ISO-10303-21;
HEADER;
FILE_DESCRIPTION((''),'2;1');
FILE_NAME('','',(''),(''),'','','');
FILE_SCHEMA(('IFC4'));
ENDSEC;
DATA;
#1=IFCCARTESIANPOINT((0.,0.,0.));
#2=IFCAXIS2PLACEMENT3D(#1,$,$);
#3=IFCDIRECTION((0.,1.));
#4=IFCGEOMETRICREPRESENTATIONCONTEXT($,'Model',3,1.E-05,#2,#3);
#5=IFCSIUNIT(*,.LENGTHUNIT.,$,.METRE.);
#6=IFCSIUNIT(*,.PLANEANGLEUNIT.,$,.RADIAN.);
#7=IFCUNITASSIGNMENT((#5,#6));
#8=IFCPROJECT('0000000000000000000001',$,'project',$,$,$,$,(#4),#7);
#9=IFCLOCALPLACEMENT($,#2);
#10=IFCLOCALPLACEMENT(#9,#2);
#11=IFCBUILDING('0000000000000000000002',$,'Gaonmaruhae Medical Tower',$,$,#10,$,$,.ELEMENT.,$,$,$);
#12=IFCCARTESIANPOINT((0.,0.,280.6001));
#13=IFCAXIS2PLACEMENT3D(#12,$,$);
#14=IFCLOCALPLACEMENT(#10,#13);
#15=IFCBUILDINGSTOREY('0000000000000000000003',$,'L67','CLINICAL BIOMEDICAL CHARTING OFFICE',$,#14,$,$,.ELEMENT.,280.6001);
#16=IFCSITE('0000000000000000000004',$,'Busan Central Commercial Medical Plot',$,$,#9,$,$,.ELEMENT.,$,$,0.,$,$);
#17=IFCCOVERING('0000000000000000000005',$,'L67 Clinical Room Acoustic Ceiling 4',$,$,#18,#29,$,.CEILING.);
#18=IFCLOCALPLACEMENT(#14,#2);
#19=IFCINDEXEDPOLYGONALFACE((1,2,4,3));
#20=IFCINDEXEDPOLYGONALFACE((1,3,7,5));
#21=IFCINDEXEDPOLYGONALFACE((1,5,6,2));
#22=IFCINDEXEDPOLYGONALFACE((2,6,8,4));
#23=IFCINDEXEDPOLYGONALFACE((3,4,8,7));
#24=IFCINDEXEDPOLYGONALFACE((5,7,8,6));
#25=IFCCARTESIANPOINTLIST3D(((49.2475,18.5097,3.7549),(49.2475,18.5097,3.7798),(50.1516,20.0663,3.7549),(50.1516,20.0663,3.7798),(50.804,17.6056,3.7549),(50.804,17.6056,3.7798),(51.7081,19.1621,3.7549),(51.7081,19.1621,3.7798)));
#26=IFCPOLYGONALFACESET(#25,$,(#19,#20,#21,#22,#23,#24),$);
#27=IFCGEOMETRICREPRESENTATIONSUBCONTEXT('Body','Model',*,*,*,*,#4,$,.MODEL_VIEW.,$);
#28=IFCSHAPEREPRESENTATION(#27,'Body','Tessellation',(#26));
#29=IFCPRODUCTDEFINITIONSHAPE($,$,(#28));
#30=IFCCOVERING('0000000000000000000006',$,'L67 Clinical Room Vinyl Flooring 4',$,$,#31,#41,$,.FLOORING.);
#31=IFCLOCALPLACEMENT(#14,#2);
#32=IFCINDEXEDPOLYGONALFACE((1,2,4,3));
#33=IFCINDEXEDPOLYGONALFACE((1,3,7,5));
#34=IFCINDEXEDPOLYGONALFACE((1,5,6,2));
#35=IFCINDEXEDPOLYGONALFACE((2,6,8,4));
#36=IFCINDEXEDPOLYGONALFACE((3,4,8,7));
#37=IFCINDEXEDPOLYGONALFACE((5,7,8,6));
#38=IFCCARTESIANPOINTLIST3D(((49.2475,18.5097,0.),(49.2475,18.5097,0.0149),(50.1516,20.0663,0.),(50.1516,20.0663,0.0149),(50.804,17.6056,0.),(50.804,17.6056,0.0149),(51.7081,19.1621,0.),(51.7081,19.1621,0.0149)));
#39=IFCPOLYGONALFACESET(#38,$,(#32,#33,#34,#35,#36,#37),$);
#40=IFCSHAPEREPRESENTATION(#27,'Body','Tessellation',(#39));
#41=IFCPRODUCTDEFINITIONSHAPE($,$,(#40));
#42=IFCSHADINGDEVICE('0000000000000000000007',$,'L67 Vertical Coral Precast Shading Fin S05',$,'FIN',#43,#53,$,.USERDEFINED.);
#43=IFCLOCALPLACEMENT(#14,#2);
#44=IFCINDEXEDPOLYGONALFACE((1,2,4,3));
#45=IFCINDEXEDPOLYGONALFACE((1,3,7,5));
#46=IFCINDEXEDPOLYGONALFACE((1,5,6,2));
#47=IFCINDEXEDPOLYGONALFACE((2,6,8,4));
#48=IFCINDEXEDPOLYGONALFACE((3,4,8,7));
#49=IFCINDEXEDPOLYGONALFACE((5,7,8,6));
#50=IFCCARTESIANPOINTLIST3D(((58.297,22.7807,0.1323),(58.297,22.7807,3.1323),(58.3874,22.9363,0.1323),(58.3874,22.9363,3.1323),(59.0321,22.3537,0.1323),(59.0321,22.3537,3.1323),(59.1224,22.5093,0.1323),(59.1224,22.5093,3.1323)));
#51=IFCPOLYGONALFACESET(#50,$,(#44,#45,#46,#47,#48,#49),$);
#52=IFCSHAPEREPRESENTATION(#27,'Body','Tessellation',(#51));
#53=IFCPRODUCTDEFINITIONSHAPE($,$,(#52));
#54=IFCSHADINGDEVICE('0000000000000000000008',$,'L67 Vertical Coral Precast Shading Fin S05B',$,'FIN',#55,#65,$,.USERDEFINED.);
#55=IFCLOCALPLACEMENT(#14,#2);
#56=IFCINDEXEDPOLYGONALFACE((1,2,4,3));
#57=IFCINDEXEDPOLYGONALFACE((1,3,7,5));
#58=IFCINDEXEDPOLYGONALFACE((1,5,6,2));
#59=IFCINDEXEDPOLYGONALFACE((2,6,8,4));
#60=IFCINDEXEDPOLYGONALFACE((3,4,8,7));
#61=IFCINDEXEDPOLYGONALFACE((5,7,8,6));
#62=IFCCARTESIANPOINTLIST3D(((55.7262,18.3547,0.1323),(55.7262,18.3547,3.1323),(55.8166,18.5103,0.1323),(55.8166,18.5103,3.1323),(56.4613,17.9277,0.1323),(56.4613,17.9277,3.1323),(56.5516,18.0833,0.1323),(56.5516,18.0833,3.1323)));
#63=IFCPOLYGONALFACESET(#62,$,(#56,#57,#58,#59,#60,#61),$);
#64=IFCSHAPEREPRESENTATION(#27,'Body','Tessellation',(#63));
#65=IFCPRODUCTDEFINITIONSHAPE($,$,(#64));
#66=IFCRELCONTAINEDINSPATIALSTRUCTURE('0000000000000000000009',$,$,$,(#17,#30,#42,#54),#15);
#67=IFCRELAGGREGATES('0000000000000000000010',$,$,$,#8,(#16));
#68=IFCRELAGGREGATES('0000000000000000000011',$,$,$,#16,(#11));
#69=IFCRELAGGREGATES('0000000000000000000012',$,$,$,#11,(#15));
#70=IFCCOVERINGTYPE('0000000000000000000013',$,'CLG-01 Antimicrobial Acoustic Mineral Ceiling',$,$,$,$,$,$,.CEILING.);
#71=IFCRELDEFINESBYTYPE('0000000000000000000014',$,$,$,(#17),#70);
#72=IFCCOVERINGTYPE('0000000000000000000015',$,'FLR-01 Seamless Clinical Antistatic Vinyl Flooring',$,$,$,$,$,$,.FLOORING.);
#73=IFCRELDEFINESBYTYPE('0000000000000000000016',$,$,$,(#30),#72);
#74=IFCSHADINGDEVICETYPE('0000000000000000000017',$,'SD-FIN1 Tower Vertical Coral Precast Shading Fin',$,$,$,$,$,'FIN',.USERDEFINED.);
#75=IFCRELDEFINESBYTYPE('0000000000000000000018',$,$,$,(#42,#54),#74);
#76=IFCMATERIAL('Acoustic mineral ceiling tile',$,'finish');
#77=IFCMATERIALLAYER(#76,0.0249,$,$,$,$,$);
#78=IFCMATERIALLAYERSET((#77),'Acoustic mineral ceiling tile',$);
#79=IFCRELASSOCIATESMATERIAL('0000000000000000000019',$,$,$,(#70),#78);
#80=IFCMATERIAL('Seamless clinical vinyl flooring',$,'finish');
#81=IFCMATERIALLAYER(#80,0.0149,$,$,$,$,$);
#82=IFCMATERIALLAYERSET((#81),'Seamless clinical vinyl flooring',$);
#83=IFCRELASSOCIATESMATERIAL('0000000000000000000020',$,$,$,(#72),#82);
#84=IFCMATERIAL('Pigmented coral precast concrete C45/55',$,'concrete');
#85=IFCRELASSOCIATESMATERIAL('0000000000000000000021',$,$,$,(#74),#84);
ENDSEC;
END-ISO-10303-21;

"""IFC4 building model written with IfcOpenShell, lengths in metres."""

from ifc_helpers import new_model, si_unit, direction, frame, origin, origin_2d, place, context, subcontext, project, spatial, rectangle, extrude, material, layer, layer_set, type_object, element, save


model = new_model("IFC4")

# Units and contexts
model_context = context("Model", 3, precision=1e-05, world=origin(), true_north=direction((0.0, 1.0)))
body_context = subcontext(model_context, "Body", "Model", "MODEL_VIEW")
ifc_project = project(units=[si_unit("LENGTHUNIT", "METRE"), si_unit("PLANEANGLEUNIT", "RADIAN")], contexts=[model_context])

# Site, building, storey
site_placement = place(None, origin())
site = spatial("IfcSite", under=ifc_project, at=site_placement, Name="Busan Central Commercial Medical Plot", CompositionType="ELEMENT", RefElevation=0.0)
building_placement = place(site_placement, origin())
building = spatial("IfcBuilding", under=site, at=building_placement, Name="Gaonmaruhae Medical Tower", CompositionType="ELEMENT")
storey_placement = place(building_placement, frame((0.0, 0.0, 280.6001)))
storey = spatial("IfcBuildingStorey", under=building, at=storey_placement, Name="L67", Description="CLINICAL BIOMEDICAL CHARTING OFFICE", CompositionType="ELEMENT", Elevation=280.6001)

# Coverings
ifc_material_1 = material(Name="Acoustic mineral ceiling tile", Category="finish")
ifc_layer_1 = layer(ifc_material_1, 0.0249)
ifc_layer_set_1 = layer_set([ifc_layer_1], Name="Acoustic mineral ceiling tile")
covering_type_1 = type_object("IfcCoveringType", Name="CLG-01 Antimicrobial Acoustic Mineral Ceiling", PredefinedType="CEILING", material=ifc_layer_set_1)
covering_1_placement = place(storey_placement, frame((50.4778, 18.8359, 3.7549), z_axis=(0.0, 0.0, 1.0), x_axis=(0.502266, 0.864713, 0.0)))
element("IfcCovering", 1, at=covering_1_placement, inside=storey, type_object=covering_type_1, Name="L67 Clinical Room Acoustic Ceiling 4", PredefinedType="CEILING", context=body_context, shape_type="SweptSolid", body=[
    extrude(rectangle(XDim=1.8, YDim=1.8, at=origin_2d()), origin(), (0.0, 0.0, 1.0), 0.0249),
])
ifc_material_2 = material(Name="Seamless clinical vinyl flooring", Category="finish")
ifc_layer_2 = layer(ifc_material_2, 0.0149)
ifc_layer_set_2 = layer_set([ifc_layer_2], Name="Seamless clinical vinyl flooring")
covering_type_2 = type_object("IfcCoveringType", Name="FLR-01 Seamless Clinical Antistatic Vinyl Flooring", PredefinedType="FLOORING", material=ifc_layer_set_2)
covering_2_placement = place(storey_placement, frame((50.4778, 18.8359, 0.0), z_axis=(0.0, 0.0, 1.0), x_axis=(0.502266, 0.864713, 0.0)))
element("IfcCovering", 2, at=covering_2_placement, inside=storey, type_object=covering_type_2, Name="L67 Clinical Room Vinyl Flooring 4", PredefinedType="FLOORING", context=body_context, shape_type="SweptSolid", body=[
    extrude(rectangle(XDim=1.8, YDim=1.8, at=origin_2d()), origin(), (0.0, 0.0, 1.0), 0.0149),
])

# Shading devices
ifc_material_3 = material(Name="Pigmented coral precast concrete C45/55", Category="concrete")
shading_device_type = type_object("IfcShadingDeviceType", Name="SD-FIN1 Tower Vertical Coral Precast Shading Fin", ElementType="FIN", PredefinedType="USERDEFINED", material=ifc_material_3)
for number, where, z_axis, x_axis, name in (
    (3, (58.7097, 22.645, 0.1323), (0.0, 0.0, 1.0), (-0.502266, -0.864713, 0.0), "L67 Vertical Coral Precast Shading Fin S05"),
    (4, (56.1389, 18.219, 0.1323), (0.0, 0.0, 1.0), (-0.502266, -0.864713, 0.0), "L67 Vertical Coral Precast Shading Fin S05B"),
):
    element("IfcShadingDevice", number, at=place(storey_placement, frame(where, z_axis=z_axis, x_axis=x_axis)), inside=storey, type_object=shading_device_type, Name=name, ObjectType="FIN", PredefinedType="USERDEFINED", context=body_context, shape_type="SweptSolid", body=[
        extrude(rectangle(XDim=0.1799, YDim=0.8501, at=origin_2d()), origin(), (0.0, 0.0, 1.0), 3.0),
    ])

save(model, "model.ifc")
